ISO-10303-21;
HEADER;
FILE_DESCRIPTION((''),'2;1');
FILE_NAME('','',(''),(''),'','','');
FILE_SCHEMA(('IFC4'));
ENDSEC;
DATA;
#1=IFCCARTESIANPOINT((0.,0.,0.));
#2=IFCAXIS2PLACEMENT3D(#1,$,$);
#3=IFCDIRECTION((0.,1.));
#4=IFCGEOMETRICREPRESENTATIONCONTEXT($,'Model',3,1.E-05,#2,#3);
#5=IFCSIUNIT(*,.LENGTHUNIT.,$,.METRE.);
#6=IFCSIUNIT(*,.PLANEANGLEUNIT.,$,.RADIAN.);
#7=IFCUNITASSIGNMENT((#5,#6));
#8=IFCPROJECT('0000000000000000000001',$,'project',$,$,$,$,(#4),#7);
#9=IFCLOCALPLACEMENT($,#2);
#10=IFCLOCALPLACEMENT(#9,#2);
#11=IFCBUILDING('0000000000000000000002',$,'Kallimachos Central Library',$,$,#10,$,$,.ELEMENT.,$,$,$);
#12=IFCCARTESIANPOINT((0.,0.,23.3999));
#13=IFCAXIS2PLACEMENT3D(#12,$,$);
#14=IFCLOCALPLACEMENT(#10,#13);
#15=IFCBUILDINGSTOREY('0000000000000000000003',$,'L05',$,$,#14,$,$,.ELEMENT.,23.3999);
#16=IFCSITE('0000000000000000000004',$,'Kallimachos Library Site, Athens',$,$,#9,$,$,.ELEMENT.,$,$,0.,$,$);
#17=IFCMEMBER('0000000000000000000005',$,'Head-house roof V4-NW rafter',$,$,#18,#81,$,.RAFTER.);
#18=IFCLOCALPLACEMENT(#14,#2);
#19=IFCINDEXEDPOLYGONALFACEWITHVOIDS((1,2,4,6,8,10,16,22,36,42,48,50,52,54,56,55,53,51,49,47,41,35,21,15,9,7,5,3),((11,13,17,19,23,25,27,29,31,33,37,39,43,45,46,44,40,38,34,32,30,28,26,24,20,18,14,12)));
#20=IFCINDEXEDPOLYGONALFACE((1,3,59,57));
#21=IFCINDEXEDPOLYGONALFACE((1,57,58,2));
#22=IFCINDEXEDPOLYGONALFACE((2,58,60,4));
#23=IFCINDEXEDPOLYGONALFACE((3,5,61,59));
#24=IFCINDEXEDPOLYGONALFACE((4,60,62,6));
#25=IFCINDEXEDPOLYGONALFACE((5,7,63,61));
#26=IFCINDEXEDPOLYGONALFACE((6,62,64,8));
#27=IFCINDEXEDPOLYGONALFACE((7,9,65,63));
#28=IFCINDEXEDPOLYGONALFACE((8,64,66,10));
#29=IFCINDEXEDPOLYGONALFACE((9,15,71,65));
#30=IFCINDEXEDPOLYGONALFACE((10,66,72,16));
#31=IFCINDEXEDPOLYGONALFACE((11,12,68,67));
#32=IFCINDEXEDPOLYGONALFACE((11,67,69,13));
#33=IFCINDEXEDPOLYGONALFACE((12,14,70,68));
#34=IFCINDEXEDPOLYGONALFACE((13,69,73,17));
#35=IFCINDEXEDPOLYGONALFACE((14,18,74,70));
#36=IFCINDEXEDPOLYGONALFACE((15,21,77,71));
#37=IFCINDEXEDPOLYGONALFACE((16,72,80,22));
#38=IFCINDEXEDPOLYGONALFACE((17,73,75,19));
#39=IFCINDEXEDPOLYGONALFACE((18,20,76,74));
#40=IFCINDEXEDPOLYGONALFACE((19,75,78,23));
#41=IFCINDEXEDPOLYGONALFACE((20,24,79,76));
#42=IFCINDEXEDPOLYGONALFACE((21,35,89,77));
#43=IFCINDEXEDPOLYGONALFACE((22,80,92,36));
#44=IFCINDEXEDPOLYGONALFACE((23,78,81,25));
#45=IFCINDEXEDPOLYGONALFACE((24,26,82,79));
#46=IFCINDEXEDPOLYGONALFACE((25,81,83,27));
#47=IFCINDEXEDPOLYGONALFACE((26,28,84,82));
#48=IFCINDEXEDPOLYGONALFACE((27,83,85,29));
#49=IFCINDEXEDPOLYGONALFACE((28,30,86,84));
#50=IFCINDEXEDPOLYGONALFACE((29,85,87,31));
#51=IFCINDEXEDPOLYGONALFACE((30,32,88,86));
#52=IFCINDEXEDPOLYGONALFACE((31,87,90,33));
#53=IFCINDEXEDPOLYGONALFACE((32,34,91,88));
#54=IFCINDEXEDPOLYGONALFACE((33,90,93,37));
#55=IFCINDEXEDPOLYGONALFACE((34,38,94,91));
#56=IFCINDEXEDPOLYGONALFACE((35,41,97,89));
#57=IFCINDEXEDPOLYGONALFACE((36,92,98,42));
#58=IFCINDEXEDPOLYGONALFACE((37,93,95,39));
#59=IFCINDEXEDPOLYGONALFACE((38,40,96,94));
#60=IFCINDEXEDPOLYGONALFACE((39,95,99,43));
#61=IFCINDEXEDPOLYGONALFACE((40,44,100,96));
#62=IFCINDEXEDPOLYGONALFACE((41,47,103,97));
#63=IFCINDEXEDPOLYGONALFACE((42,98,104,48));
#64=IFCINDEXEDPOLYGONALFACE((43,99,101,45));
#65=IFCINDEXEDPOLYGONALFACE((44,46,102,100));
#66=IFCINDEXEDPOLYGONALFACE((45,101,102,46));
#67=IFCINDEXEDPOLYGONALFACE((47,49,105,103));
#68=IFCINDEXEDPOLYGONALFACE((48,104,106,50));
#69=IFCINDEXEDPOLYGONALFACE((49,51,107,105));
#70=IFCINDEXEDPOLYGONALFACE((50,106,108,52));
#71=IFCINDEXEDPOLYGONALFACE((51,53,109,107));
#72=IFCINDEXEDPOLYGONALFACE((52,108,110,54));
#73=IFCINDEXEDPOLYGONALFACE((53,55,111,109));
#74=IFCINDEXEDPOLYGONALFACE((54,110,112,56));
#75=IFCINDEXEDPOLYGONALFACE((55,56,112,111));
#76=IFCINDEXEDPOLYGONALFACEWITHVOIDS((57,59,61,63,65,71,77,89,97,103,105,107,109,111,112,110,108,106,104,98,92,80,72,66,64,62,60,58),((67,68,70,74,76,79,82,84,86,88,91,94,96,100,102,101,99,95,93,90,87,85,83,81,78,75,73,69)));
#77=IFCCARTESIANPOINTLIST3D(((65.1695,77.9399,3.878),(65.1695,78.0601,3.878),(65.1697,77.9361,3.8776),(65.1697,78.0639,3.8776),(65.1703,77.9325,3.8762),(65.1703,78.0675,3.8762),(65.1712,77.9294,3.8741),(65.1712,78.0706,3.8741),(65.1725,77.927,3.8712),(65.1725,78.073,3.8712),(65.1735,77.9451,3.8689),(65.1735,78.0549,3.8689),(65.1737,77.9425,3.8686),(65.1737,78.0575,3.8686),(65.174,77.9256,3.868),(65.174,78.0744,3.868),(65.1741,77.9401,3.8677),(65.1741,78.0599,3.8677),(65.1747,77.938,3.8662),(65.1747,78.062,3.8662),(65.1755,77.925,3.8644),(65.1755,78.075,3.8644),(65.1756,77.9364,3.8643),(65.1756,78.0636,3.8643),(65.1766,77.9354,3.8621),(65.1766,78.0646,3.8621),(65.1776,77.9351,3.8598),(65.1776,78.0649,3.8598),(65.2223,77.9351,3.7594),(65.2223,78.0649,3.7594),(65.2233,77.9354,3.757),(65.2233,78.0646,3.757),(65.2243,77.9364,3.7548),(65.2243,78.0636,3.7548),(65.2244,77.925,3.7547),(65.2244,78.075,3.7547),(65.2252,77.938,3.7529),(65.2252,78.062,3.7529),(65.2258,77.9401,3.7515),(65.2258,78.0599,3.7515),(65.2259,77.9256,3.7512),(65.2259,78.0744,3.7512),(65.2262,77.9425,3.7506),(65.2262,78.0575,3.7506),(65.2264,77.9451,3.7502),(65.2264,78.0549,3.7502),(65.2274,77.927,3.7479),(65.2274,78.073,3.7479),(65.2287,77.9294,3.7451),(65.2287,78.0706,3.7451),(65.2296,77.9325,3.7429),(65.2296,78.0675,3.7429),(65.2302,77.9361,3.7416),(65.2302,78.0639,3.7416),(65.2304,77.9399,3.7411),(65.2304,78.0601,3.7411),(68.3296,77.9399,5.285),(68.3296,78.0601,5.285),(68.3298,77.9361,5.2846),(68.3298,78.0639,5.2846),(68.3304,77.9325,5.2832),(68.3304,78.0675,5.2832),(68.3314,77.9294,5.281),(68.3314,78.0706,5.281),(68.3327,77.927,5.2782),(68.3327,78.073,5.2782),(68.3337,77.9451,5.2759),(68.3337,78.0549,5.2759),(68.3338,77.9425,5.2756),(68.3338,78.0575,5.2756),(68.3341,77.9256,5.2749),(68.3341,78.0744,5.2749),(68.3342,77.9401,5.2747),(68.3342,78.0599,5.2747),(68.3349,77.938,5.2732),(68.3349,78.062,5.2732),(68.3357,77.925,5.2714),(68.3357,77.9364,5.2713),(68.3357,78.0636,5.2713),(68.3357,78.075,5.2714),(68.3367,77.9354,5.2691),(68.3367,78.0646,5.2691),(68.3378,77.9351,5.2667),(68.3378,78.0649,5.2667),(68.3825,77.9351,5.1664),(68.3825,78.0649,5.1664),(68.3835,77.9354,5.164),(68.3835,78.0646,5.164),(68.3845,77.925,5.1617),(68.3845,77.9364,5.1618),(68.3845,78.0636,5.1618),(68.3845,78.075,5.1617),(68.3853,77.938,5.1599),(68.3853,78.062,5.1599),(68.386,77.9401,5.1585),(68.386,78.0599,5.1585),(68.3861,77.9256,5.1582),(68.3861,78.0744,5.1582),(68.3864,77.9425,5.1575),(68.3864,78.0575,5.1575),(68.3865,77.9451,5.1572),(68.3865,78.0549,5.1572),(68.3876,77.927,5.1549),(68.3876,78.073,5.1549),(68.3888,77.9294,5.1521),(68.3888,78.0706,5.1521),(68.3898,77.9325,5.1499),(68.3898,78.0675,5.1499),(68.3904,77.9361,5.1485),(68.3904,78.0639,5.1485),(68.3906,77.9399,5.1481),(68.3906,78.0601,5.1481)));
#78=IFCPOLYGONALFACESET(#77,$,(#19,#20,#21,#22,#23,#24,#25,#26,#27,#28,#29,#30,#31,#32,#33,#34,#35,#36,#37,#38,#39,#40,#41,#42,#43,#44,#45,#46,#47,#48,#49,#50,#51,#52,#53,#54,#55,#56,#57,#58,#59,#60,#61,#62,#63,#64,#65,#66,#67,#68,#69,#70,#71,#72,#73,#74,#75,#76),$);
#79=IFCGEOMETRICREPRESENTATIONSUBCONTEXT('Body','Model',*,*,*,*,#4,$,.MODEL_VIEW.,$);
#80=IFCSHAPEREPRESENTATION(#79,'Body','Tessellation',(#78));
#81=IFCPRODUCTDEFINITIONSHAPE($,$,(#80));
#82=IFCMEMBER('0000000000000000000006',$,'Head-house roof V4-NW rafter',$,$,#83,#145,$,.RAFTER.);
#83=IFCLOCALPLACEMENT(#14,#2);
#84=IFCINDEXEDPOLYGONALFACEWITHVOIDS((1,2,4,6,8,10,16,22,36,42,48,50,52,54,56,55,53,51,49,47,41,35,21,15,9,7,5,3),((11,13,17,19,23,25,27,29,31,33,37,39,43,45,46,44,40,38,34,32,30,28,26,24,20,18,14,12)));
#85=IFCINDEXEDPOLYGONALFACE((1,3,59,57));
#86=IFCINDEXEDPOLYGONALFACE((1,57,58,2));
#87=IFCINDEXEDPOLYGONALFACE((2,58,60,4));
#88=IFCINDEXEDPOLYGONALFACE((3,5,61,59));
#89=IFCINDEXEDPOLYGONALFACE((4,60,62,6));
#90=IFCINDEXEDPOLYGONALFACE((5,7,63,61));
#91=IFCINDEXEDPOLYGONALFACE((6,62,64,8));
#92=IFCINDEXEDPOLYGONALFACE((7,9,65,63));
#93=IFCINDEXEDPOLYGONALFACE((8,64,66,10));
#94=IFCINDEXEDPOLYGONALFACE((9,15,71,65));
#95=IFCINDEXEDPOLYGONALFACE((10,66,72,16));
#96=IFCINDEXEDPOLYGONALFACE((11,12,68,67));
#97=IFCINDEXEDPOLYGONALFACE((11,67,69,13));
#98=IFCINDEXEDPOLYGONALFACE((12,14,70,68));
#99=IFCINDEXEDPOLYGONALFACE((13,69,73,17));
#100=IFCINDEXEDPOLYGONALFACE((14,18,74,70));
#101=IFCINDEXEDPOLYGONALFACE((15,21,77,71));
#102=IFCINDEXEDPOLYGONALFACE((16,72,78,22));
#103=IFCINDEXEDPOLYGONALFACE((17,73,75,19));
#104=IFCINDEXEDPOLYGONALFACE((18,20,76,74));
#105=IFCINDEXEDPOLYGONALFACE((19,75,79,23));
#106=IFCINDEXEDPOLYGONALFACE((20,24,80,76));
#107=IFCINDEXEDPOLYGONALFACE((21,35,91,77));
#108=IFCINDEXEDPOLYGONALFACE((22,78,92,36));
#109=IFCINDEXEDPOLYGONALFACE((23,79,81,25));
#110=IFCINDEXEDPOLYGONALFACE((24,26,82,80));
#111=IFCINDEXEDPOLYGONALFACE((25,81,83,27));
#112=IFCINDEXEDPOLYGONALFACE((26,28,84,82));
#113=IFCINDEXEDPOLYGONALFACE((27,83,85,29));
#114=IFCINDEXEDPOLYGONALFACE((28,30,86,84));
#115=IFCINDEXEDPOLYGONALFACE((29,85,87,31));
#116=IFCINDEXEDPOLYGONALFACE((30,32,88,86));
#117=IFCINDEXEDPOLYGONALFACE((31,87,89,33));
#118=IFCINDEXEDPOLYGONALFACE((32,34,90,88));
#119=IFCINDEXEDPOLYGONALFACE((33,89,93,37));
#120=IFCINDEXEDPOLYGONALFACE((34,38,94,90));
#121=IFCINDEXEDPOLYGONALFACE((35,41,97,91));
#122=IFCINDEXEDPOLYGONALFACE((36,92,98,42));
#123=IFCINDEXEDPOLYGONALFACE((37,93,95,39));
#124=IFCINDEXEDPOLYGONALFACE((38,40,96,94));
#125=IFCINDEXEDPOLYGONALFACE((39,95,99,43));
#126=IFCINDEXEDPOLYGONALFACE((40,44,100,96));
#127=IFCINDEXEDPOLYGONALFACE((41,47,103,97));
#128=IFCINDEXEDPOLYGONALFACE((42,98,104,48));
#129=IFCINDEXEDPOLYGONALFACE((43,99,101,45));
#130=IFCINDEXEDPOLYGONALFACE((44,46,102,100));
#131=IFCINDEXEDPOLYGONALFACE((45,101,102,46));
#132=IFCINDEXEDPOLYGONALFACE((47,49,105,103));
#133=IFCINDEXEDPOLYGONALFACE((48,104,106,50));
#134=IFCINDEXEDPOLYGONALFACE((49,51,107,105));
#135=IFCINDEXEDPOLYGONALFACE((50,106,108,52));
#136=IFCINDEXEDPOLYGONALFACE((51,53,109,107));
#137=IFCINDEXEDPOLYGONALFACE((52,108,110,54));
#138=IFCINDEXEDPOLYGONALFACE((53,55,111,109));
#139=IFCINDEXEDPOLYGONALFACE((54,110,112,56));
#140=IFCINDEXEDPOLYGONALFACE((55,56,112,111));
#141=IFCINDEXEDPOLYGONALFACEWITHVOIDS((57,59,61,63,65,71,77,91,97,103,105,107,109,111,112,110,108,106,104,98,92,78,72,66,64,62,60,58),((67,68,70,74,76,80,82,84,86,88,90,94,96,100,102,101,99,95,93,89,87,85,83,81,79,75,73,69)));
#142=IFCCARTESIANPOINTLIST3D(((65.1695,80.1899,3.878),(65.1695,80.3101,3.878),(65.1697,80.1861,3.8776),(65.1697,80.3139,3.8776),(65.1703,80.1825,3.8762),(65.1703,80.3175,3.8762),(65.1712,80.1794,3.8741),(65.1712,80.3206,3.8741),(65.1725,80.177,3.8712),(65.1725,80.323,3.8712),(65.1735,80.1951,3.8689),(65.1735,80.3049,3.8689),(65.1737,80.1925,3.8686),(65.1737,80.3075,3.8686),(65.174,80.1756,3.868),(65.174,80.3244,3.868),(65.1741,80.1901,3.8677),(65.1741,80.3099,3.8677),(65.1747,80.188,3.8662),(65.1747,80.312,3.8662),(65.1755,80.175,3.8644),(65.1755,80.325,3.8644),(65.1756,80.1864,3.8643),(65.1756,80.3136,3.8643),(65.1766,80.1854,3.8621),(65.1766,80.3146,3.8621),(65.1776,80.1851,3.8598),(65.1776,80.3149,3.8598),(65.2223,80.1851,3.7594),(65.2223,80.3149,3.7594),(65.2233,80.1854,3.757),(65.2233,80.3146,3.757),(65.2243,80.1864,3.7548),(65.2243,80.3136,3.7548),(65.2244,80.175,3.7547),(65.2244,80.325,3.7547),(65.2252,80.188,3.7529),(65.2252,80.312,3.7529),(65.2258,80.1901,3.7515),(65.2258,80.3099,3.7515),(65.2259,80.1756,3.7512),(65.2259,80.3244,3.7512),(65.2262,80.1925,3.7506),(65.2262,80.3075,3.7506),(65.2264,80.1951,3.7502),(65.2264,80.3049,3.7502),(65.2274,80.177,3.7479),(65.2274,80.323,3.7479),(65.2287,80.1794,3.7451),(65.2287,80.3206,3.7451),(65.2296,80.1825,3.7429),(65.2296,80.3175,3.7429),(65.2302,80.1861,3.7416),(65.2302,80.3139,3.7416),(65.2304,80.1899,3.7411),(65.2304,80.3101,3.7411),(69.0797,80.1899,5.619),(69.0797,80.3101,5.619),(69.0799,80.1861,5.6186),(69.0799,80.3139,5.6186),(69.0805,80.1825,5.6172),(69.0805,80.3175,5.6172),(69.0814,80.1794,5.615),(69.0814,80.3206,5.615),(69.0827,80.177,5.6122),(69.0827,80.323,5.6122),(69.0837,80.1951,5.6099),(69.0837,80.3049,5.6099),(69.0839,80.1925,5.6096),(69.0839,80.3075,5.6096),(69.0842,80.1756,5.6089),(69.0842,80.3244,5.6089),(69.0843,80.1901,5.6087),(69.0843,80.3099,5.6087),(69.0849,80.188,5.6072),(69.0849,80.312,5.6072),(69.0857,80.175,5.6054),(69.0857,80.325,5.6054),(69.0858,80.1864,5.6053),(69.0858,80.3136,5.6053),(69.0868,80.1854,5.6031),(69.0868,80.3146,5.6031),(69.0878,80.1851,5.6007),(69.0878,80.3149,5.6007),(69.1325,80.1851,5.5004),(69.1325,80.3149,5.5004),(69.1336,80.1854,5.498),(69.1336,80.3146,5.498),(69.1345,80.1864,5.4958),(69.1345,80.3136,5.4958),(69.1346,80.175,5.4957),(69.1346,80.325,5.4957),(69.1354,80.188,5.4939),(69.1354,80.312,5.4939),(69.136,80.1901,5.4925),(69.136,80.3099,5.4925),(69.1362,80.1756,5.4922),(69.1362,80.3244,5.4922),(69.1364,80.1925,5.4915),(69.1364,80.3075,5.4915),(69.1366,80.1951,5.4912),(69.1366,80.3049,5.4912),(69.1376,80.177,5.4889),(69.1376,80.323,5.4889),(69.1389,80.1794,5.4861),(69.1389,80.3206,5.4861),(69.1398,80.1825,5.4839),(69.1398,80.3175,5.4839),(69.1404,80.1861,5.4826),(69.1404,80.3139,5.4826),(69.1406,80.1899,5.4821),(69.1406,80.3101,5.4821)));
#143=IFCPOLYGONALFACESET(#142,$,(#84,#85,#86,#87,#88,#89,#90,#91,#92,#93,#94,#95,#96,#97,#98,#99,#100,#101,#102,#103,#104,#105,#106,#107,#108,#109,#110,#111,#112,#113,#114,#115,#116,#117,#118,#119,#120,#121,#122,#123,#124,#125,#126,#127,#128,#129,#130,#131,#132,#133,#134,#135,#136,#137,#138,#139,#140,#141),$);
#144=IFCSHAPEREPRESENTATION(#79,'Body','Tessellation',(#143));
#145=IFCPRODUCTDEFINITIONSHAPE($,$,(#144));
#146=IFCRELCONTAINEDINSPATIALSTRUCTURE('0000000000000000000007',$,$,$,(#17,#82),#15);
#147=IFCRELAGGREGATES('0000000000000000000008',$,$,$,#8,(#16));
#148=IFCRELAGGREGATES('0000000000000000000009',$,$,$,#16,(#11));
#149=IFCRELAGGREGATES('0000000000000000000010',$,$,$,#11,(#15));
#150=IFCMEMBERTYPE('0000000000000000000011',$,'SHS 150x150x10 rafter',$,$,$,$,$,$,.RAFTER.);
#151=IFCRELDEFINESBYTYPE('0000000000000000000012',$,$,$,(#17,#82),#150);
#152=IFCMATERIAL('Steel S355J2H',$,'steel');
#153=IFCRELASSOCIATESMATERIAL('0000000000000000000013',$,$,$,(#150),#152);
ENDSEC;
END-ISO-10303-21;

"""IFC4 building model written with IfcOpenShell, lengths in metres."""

from ifc_helpers import new_model, si_unit, direction, frame, origin, origin_2d, place, context, subcontext, project, spatial, hollow_rectangle, extrude, material, material_profile, profile_set, type_object, element, save


model = new_model("IFC4")

# Units and contexts
model_context = context("Model", 3, precision=1e-05, world=origin(), true_north=direction((0.0, 1.0)))
body_context = subcontext(model_context, "Body", "Model", "MODEL_VIEW")
ifc_project = project(units=[si_unit("LENGTHUNIT", "METRE"), si_unit("PLANEANGLEUNIT", "RADIAN")], contexts=[model_context])

# Site, building, storey
site_placement = place(None, origin())
site = spatial("IfcSite", under=ifc_project, at=site_placement, Name="Kallimachos Library Site, Athens", CompositionType="ELEMENT", RefElevation=0.0)
building_placement = place(site_placement, origin())
building = spatial("IfcBuilding", under=site, at=building_placement, Name="Kallimachos Central Library", CompositionType="ELEMENT")
storey_placement = place(building_placement, frame((0.0, 0.0, 23.3999)))
storey = spatial("IfcBuildingStorey", under=building, at=storey_placement, Name="L05", CompositionType="ELEMENT", Elevation=23.3999)

# Members
ifc_material_1 = material(Name="Steel S355J2H", Category="steel")
ifc_material_profile_1 = material_profile(ifc_material_1, hollow_rectangle(XDim=0.1499, YDim=0.1499, WallThickness=0.01, InnerFilletRadius=0.01, OuterFilletRadius=0.0149, at=origin_2d()), Name="SHS 150x150x10")
ifc_profile_set_1 = profile_set([ifc_material_profile_1], Name="Steel S355J2H")
member_type_1 = type_object("IfcMemberType", Name="SHS 150x150x10 rafter", PredefinedType="RAFTER", material=ifc_profile_set_1)
member_1_placement = place(storey_placement, frame((65.2, 78.0, 3.8096), z_axis=(0.913547, 0.0, 0.406734), x_axis=(0.0, 1.0, 0.0)))
element("IfcMember", 1, at=member_1_placement, inside=storey, type_object=member_type_1, Name="Head-house roof V4-NW rafter", PredefinedType="RAFTER", context=body_context, shape_type="SweptSolid", body=[
    extrude(hollow_rectangle(XDim=0.1499, YDim=0.1499, WallThickness=0.01, InnerFilletRadius=0.01, OuterFilletRadius=0.0149, at=origin_2d()), origin(), (0.0, 0.0, 1.0), 3.4592),
])
member_2_placement = place(storey_placement, frame((65.2, 80.25, 3.8096), z_axis=(0.913541, 0.0, 0.406747), x_axis=(0.0, 1.0, 0.0)))
element("IfcMember", 2, at=member_2_placement, inside=storey, type_object=member_type_1, Name="Head-house roof V4-NW rafter", PredefinedType="RAFTER", context=body_context, shape_type="SweptSolid", body=[
    extrude(hollow_rectangle(XDim=0.1499, YDim=0.1499, WallThickness=0.01, InnerFilletRadius=0.01, OuterFilletRadius=0.0149, at=origin_2d()), origin(), (0.0, 0.0, 1.0), 4.2803),
])

save(model, "model.ifc")
